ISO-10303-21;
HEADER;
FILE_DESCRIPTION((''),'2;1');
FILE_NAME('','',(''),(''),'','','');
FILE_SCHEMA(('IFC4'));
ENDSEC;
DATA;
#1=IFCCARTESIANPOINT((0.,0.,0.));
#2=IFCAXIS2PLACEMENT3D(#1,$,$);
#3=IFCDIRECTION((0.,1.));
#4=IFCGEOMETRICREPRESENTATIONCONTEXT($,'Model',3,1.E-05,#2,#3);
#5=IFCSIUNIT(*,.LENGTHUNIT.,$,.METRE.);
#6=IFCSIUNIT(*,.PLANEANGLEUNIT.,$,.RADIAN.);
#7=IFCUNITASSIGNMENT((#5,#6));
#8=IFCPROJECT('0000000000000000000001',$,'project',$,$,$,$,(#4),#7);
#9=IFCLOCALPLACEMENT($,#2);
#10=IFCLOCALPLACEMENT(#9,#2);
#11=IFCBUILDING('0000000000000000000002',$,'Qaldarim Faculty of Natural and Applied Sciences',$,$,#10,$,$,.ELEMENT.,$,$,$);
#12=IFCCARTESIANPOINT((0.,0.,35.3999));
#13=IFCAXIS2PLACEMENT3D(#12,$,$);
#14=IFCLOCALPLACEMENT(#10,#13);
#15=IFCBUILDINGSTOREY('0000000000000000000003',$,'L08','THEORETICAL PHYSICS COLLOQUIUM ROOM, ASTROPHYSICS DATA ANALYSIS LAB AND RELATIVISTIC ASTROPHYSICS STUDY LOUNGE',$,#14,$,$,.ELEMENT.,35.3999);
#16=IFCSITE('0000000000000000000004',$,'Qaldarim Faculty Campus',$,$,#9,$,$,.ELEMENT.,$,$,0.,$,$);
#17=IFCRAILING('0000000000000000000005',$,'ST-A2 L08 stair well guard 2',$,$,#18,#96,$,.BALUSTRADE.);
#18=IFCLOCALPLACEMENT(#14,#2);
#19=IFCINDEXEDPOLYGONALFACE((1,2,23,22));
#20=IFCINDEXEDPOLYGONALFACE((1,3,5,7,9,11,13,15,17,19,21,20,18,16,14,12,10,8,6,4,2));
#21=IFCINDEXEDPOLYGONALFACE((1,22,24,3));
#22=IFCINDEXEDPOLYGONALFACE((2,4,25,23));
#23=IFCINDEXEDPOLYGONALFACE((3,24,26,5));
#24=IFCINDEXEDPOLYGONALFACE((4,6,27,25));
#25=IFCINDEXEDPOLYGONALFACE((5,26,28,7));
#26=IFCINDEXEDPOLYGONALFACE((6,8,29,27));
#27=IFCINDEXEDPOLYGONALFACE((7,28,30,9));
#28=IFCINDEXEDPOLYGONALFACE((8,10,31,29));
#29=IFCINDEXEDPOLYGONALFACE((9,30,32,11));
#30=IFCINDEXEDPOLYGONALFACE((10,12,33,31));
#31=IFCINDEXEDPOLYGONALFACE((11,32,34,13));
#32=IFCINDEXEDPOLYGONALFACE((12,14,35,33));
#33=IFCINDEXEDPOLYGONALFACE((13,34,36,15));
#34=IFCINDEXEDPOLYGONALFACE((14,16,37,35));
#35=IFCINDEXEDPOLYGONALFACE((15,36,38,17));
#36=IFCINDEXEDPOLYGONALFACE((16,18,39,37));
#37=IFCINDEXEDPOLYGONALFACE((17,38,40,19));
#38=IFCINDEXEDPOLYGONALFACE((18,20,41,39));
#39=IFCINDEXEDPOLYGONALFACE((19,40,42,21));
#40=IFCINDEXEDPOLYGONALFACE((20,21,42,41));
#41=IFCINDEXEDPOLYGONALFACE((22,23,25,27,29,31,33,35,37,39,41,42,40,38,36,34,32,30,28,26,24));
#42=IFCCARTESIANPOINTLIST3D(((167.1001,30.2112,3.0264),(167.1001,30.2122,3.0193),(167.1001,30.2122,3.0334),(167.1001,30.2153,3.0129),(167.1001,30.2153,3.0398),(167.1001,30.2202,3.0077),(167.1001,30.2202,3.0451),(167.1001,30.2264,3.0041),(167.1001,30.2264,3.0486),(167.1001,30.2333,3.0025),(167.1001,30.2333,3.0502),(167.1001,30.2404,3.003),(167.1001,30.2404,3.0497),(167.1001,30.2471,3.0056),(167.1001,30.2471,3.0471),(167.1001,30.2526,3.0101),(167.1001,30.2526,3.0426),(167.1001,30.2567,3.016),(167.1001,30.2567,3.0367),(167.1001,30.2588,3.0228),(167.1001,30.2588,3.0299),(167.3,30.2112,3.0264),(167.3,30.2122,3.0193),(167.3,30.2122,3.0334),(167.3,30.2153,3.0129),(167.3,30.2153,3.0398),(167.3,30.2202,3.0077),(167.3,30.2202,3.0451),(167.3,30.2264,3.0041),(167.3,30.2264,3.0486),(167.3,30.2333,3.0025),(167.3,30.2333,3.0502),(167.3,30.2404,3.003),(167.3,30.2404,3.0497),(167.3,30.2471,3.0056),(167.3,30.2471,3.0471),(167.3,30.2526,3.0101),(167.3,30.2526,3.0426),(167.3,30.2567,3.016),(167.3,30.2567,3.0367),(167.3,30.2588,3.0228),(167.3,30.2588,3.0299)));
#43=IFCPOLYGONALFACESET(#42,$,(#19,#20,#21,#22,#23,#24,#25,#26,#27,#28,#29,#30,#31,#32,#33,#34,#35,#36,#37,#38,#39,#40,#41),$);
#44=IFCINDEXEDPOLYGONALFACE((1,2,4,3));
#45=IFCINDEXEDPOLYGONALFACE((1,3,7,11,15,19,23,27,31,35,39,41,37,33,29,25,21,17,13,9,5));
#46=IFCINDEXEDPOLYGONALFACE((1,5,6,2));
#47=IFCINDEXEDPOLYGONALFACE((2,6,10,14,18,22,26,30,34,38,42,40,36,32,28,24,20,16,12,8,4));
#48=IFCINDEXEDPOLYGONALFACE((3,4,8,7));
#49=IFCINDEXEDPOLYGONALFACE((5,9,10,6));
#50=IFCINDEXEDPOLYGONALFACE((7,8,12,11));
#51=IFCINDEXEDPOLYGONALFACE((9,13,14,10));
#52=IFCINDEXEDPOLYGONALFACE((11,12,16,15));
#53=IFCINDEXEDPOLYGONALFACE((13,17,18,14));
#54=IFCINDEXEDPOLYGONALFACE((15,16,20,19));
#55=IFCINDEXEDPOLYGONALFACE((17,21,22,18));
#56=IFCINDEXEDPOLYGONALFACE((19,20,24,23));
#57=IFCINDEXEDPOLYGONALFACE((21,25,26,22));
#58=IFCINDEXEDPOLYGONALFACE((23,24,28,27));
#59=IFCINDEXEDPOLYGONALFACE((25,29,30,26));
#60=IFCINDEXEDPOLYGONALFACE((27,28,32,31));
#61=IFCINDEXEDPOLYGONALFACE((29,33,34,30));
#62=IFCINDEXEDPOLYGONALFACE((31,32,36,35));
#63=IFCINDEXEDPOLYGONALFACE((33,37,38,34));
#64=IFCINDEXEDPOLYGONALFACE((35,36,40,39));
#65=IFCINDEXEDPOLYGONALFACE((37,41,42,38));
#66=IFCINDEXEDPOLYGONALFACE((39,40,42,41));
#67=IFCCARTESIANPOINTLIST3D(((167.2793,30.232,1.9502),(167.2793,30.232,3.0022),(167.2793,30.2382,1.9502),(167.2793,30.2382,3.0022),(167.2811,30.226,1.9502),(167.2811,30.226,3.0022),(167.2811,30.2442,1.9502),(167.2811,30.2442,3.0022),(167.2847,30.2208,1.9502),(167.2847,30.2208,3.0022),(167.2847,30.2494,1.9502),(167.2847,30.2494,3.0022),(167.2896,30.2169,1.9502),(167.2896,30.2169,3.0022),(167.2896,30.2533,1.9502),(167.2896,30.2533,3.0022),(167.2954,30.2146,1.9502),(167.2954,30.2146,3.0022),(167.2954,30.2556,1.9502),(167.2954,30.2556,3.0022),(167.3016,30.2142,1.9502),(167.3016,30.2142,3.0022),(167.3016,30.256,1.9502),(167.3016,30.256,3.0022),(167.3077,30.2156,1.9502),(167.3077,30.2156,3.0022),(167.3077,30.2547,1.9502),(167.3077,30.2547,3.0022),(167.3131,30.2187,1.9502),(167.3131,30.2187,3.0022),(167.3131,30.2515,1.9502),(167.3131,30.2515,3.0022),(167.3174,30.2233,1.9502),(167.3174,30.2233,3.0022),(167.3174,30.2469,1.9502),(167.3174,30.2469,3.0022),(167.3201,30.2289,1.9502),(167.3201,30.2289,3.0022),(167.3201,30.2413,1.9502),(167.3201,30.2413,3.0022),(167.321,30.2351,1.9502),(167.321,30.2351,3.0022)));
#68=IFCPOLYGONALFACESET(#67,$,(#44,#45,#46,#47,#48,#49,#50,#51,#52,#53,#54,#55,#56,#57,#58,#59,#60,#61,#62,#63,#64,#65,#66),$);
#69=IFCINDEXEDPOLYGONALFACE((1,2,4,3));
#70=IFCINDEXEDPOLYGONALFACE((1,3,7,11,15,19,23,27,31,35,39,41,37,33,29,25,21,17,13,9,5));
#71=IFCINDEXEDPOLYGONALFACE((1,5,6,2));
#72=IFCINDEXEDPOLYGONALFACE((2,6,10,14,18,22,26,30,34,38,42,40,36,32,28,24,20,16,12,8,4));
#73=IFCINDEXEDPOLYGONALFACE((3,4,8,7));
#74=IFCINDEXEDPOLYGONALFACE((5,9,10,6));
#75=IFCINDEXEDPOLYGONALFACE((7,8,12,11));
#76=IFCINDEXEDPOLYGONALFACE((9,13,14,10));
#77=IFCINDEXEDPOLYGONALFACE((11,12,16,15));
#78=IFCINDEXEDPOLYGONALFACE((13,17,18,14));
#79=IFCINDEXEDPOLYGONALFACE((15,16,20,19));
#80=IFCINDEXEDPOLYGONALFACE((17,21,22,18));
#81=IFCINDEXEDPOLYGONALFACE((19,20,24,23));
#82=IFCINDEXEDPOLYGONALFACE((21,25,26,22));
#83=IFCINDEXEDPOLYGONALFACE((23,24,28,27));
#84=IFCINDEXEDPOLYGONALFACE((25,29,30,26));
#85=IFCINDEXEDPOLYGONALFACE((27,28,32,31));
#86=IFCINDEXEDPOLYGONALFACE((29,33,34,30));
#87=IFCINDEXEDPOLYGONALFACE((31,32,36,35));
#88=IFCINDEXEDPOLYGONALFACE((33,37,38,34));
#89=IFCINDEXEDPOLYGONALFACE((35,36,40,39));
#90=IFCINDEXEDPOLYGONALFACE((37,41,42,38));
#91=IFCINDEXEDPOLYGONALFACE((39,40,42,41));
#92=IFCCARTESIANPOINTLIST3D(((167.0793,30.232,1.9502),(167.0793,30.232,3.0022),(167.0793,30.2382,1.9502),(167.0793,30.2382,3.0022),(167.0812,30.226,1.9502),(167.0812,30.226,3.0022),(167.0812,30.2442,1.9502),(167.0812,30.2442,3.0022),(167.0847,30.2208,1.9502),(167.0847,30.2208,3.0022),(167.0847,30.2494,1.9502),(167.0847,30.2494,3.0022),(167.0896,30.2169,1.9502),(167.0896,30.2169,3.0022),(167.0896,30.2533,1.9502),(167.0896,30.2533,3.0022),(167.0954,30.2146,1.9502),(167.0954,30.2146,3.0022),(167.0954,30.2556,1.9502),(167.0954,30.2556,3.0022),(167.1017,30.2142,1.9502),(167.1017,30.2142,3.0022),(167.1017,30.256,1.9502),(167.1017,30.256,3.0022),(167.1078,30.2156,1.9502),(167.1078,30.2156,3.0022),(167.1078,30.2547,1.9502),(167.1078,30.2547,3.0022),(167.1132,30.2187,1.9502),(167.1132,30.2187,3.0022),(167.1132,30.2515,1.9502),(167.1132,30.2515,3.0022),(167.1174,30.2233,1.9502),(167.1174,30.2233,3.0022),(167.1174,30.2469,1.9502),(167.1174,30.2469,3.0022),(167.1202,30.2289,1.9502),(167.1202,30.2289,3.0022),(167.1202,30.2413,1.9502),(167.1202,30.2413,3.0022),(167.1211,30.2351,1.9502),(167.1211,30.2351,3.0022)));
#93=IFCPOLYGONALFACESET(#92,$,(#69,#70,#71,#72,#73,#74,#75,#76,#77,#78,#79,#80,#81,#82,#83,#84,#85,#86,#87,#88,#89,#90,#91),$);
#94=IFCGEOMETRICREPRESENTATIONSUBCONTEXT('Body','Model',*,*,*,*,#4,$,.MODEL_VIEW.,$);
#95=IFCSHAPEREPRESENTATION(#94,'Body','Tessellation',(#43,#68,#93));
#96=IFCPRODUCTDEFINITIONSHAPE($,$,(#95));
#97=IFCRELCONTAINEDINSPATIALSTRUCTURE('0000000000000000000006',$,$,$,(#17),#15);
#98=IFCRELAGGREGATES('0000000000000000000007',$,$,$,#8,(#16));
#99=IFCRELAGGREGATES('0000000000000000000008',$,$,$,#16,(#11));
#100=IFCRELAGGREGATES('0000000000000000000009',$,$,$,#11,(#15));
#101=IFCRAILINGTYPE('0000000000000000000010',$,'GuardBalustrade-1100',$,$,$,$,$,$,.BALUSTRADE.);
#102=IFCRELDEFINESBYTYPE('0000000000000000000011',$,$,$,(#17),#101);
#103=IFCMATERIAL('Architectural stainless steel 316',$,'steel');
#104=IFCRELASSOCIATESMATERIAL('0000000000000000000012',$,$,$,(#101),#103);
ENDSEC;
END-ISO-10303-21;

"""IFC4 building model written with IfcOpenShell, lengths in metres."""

from ifc_helpers import new_model, si_unit, direction, frame, origin, origin_2d, place, context, subcontext, project, spatial, circle, extrude, material, type_object, element, save


model = new_model("IFC4")

# Units and contexts
model_context = context("Model", 3, precision=1e-05, world=origin(), true_north=direction((0.0, 1.0)))
body_context = subcontext(model_context, "Body", "Model", "MODEL_VIEW")
ifc_project = project(units=[si_unit("LENGTHUNIT", "METRE"), si_unit("PLANEANGLEUNIT", "RADIAN")], contexts=[model_context])

# Site, building, storey
site_placement = place(None, origin())
site = spatial("IfcSite", under=ifc_project, at=site_placement, Name="Qaldarim Faculty Campus", CompositionType="ELEMENT", RefElevation=0.0)
building_placement = place(site_placement, origin())
building = spatial("IfcBuilding", under=site, at=building_placement, Name="Qaldarim Faculty of Natural and Applied Sciences", CompositionType="ELEMENT")
storey_placement = place(building_placement, frame((0.0, 0.0, 35.3999)))
storey = spatial("IfcBuildingStorey", under=building, at=storey_placement, Name="L08", Description="THEORETICAL PHYSICS COLLOQUIUM ROOM, ASTROPHYSICS DATA ANALYSIS LAB AND RELATIVISTIC ASTROPHYSICS STUDY LOUNGE", CompositionType="ELEMENT", Elevation=35.3999)

# Shared definitions
ifc_material_1 = material(Name="Architectural stainless steel 316", Category="steel")

# Railing
railing_type_1 = type_object("IfcRailingType", Name="GuardBalustrade-1100", PredefinedType="BALUSTRADE", material=ifc_material_1)
railing_1_placement = place(storey_placement, frame((167.3, 30.2351, 1.9502)))
element("IfcRailing", 1, at=railing_1_placement, inside=storey, type_object=railing_type_1, Name="ST-A2 L08 stair well guard 2", PredefinedType="BALUSTRADE", context=body_context, shape_type="SweptSolid", body=[
    extrude(circle(Radius=0.0239, at=origin_2d()), frame((0.0, 0.0, 1.0762), z_axis=(-1.0, 0.0, 0.0), x_axis=(0.0, -1.0, 0.0)), (0.0, 0.0, 1.0), 0.2),
    extrude(circle(Radius=0.021, at=origin_2d()), origin(), (0.0, 0.0, 1.0), 1.052),
    extrude(circle(Radius=0.021, at=origin_2d()), frame((-0.2, 0.0, 0.0)), (0.0, 0.0, 1.0), 1.052),
])

save(model, "model.ifc")
